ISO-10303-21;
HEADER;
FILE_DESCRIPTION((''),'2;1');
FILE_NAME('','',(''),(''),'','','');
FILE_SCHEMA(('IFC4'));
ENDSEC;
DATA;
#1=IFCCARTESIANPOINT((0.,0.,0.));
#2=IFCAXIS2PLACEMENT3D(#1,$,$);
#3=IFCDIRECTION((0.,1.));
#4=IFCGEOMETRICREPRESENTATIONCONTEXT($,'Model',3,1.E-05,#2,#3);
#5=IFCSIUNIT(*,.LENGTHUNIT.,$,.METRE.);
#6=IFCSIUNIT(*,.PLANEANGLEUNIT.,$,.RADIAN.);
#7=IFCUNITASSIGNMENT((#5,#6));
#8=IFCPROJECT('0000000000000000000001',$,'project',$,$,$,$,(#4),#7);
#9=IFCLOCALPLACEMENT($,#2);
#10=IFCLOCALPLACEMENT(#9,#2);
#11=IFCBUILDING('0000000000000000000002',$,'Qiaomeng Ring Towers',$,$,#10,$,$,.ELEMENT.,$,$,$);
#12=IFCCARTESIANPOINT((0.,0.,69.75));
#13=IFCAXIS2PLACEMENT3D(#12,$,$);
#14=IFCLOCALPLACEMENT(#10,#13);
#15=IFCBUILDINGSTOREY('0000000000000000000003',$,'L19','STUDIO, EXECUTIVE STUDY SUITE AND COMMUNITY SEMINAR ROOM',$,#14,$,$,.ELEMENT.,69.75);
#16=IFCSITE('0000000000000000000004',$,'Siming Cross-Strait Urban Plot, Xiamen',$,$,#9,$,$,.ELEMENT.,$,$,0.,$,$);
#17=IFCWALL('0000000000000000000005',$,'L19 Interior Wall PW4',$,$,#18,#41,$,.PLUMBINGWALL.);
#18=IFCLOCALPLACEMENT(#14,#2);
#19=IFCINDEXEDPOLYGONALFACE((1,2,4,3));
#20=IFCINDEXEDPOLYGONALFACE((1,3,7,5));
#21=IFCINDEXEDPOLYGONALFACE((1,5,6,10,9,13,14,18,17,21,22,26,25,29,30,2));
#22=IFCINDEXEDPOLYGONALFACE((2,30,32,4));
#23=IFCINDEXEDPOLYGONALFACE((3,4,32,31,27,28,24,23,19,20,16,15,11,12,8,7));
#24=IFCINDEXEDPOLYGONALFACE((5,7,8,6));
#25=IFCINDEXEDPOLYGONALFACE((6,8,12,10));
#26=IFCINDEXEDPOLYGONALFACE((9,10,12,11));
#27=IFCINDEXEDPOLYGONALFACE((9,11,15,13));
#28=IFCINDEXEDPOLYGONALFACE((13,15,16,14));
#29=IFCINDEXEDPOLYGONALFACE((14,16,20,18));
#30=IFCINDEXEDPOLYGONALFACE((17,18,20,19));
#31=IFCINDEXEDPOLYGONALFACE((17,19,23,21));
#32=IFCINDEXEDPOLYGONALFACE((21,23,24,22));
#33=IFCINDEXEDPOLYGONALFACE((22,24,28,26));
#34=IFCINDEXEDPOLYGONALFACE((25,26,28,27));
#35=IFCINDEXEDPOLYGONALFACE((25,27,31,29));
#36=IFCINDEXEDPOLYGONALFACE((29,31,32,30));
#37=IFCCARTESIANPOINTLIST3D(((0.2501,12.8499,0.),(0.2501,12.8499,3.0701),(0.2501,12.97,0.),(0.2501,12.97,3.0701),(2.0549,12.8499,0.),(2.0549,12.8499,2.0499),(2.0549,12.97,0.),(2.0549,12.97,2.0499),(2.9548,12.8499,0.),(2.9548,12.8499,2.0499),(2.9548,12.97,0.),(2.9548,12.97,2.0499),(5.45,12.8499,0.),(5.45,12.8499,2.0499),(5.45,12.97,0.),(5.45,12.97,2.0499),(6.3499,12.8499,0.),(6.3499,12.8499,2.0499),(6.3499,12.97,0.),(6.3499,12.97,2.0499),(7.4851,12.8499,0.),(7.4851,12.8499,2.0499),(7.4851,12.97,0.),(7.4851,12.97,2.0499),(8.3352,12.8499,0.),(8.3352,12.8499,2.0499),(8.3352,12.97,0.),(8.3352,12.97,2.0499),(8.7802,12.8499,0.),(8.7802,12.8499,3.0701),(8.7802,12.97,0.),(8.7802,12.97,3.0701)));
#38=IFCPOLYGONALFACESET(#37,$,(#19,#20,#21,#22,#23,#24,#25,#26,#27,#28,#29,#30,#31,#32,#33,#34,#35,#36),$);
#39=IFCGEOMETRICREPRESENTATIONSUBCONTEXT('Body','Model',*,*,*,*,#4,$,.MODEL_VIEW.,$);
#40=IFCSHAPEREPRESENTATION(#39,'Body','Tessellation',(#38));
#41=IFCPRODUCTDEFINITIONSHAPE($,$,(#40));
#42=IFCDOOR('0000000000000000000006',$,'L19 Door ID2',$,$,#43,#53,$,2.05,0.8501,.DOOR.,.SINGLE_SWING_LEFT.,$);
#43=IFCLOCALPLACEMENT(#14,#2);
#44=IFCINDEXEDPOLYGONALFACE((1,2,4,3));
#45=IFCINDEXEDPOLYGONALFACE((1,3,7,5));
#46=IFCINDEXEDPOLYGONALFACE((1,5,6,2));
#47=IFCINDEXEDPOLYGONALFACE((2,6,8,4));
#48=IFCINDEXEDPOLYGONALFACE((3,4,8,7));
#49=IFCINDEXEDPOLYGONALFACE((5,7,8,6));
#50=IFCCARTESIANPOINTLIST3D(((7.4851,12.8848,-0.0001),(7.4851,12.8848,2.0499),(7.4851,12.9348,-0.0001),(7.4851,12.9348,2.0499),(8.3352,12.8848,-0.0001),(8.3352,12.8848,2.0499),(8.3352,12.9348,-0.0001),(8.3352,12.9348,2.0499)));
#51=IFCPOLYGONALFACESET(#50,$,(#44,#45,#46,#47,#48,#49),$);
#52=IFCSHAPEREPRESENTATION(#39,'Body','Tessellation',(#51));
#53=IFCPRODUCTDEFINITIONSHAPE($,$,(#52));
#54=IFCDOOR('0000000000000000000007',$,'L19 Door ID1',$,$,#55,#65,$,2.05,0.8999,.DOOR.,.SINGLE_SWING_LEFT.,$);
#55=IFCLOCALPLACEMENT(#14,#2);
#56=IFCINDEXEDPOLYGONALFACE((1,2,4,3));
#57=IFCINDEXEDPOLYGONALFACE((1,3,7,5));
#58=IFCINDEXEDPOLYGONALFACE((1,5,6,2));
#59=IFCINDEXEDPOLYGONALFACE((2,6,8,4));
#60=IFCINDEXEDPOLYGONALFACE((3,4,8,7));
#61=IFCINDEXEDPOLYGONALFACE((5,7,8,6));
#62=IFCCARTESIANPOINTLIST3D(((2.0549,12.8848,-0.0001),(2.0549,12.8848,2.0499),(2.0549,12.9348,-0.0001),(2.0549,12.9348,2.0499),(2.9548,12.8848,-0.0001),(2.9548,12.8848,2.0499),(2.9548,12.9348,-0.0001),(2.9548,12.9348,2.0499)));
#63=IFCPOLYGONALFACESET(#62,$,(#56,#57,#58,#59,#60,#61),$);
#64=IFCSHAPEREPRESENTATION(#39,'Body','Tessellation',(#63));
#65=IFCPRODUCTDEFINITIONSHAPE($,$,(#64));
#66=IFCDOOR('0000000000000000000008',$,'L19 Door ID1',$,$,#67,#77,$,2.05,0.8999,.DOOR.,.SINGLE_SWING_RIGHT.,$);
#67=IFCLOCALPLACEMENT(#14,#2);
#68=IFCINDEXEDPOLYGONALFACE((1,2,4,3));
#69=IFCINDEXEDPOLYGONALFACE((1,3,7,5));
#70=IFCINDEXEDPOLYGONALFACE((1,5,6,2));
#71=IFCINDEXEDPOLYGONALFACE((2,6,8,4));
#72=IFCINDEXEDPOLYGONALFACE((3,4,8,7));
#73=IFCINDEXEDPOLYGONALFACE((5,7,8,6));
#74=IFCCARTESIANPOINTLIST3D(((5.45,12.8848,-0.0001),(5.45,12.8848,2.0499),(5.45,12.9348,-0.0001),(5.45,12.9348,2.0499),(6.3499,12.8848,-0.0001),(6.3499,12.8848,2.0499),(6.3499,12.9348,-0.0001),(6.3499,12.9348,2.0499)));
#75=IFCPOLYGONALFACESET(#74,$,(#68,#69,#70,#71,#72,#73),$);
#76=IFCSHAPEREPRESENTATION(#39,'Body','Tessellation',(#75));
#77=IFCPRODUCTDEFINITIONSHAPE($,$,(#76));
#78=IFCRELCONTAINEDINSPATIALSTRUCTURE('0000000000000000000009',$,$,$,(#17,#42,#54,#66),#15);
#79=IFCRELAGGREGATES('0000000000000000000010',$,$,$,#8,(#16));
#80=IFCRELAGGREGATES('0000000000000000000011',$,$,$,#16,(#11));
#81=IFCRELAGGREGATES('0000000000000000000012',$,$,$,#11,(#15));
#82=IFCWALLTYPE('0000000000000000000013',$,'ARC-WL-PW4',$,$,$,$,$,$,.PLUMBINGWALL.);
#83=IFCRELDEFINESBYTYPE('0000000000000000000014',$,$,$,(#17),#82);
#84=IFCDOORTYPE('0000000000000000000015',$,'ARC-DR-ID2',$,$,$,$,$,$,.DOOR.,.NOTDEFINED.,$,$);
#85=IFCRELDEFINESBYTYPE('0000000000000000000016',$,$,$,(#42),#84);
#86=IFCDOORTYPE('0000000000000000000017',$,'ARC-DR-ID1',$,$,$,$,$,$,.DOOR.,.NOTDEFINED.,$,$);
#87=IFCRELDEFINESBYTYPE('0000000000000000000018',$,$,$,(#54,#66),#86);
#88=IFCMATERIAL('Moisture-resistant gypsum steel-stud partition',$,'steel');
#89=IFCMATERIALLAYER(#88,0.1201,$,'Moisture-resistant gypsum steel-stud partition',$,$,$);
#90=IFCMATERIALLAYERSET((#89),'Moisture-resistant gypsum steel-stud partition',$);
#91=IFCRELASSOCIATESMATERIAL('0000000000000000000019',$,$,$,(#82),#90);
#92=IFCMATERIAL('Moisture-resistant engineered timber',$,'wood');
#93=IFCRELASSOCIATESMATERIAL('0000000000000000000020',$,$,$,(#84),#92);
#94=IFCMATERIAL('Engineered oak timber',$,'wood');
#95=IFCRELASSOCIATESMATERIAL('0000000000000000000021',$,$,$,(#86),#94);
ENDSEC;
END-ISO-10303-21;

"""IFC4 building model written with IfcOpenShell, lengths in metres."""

from ifc_helpers import new_model, si_unit, direction, frame, frame_2d, origin, place, context, subcontext, project, spatial, rectangle, extrude, source, transform, mapped, material, layer, layer_set, type_object, element, fill, save


model = new_model("IFC4")

# Units and contexts
model_context = context("Model", 3, precision=1e-05, world=origin(), true_north=direction((0.0, 1.0)))
body_context = subcontext(model_context, "Body", "Model", "MODEL_VIEW")
ifc_project = project(units=[si_unit("LENGTHUNIT", "METRE"), si_unit("PLANEANGLEUNIT", "RADIAN")], contexts=[model_context])

# Site, building, storey
site_placement = place(None, origin())
site = spatial("IfcSite", under=ifc_project, at=site_placement, Name="Siming Cross-Strait Urban Plot, Xiamen", CompositionType="ELEMENT", RefElevation=0.0)
building_placement = place(site_placement, origin())
building = spatial("IfcBuilding", under=site, at=building_placement, Name="Qiaomeng Ring Towers", CompositionType="ELEMENT")
storey_placement = place(building_placement, frame((0.0, 0.0, 69.75)))
storey = spatial("IfcBuildingStorey", under=building, at=storey_placement, Name="L19", Description="STUDIO, EXECUTIVE STUDY SUITE AND COMMUNITY SEMINAR ROOM", CompositionType="ELEMENT", Elevation=69.75)

# Wall, openings, doors
ifc_material_1 = material(Name="Moisture-resistant gypsum steel-stud partition", Category="steel")
ifc_layer_1 = layer(ifc_material_1, 0.1201, Name="Moisture-resistant gypsum steel-stud partition")
ifc_layer_set_1 = layer_set([ifc_layer_1], Name="Moisture-resistant gypsum steel-stud partition")
wall_type_1 = type_object("IfcWallType", Name="ARC-WL-PW4", PredefinedType="PLUMBINGWALL", material=ifc_layer_set_1)
wall_1_placement = place(storey_placement, frame((0.25, 12.9099, 0.0), z_axis=(0.0, 0.0, 1.0), x_axis=(1.0, 0.0, 0.0)))
wall_1 = element("IfcWall", 1, at=wall_1_placement, inside=storey, type_object=wall_type_1, Name="L19 Interior Wall PW4", PredefinedType="PLUMBINGWALL", context=body_context, shape_type="SweptSolid", body=[
    extrude(rectangle(XDim=8.53, YDim=0.1201, at=frame_2d((4.2651, 0.0))), origin(), (0.0, 0.0, 1.0), 3.0701),
])
opening_1_placement = place(wall_1_placement, frame((1.8049, 0.0, 0.0)))
opening_1 = element("IfcOpeningElement", 2, at=opening_1_placement, cuts=wall_1, PredefinedType="OPENING", context=body_context, shape_type="SweptSolid", body=[
    extrude(rectangle(XDim=0.8999, YDim=2.05, at=frame_2d((0.45, 1.0249))), frame((0.0, 0.0701, 0.0), z_axis=(0.0, -1.0, 0.0), x_axis=(1.0, 0.0, 0.0)), (0.0, 0.0, 1.0), 0.1401),
])
opening_2_placement = place(wall_1_placement, frame((5.2, 0.0, 0.0)))
opening_2 = element("IfcOpeningElement", 3, at=opening_2_placement, cuts=wall_1, PredefinedType="OPENING", context=body_context, shape_type="SweptSolid", body=[
    extrude(rectangle(XDim=0.8999, YDim=2.05, at=frame_2d((0.45, 1.0249))), frame((0.0, 0.0701, 0.0), z_axis=(0.0, -1.0, 0.0), x_axis=(1.0, 0.0, 0.0)), (0.0, 0.0, 1.0), 0.1401),
])
opening_3_placement = place(wall_1_placement, frame((7.2351, 0.0, 0.0)))
opening_3 = element("IfcOpeningElement", 4, at=opening_3_placement, cuts=wall_1, PredefinedType="OPENING", context=body_context, shape_type="SweptSolid", body=[
    extrude(rectangle(XDim=0.8501, YDim=2.05, at=frame_2d((0.425, 1.0249))), frame((0.0, 0.0701, 0.0), z_axis=(0.0, -1.0, 0.0), x_axis=(1.0, 0.0, 0.0)), (0.0, 0.0, 1.0), 0.1401),
])
ifc_material_2 = material(Name="Moisture-resistant engineered timber", Category="wood")
door_type_1 = type_object("IfcDoorType", Name="ARC-DR-ID2", OperationType="NOTDEFINED", PredefinedType="DOOR", material=ifc_material_2)
shared_shape_1 = source(origin(), body_context, "Body", "SweptSolid", [
    extrude(rectangle(XDim=0.8501, YDim=2.05, at=frame_2d((0.425, 1.0249))), frame((0.0, 0.0249, 0.0), z_axis=(0.0, -1.0, 0.0), x_axis=(1.0, 0.0, 0.0)), (0.0, 0.0, 1.0), 0.05),
])
door_1_placement = place(opening_3_placement, origin())
door_1 = element("IfcDoor", 5, at=door_1_placement, inside=storey, type_object=door_type_1, Name="L19 Door ID2", OperationType="SINGLE_SWING_LEFT", OverallHeight=2.05, OverallWidth=0.8501, PredefinedType="DOOR", context=body_context, shape_type="MappedRepresentation", body=[
    mapped(shared_shape_1, transform((0.0, 0.0, 0.0), x_axis=(1.0, 0.0, 0.0), y_axis=(0.0, 1.0, 0.0), z_axis=(0.0, 0.0, 1.0), scale=1.0)),
])
fill(opening_3, door_1)
ifc_material_3 = material(Name="Engineered oak timber", Category="wood")
door_type_2 = type_object("IfcDoorType", Name="ARC-DR-ID1", OperationType="NOTDEFINED", PredefinedType="DOOR", material=ifc_material_3)
shared_shape_2 = source(origin(), body_context, "Body", "SweptSolid", [
    extrude(rectangle(XDim=0.8999, YDim=2.05, at=frame_2d((0.45, 1.0249))), frame((0.0, 0.0249, 0.0), z_axis=(0.0, -1.0, 0.0), x_axis=(1.0, 0.0, 0.0)), (0.0, 0.0, 1.0), 0.05),
])
door_2_placement = place(opening_1_placement, origin())
door_2 = element("IfcDoor", 6, at=door_2_placement, inside=storey, type_object=door_type_2, Name="L19 Door ID1", OperationType="SINGLE_SWING_LEFT", OverallHeight=2.05, OverallWidth=0.8999, PredefinedType="DOOR", context=body_context, shape_type="MappedRepresentation", body=[
    mapped(shared_shape_2, transform((0.0, 0.0, 0.0), x_axis=(1.0, 0.0, 0.0), y_axis=(0.0, 1.0, 0.0), z_axis=(0.0, 0.0, 1.0), scale=1.0)),
])
fill(opening_1, door_2)
door_3_placement = place(opening_2_placement, origin())
door_3 = element("IfcDoor", 7, at=door_3_placement, inside=storey, type_object=door_type_2, Name="L19 Door ID1", OperationType="SINGLE_SWING_RIGHT", OverallHeight=2.05, OverallWidth=0.8999, PredefinedType="DOOR", context=body_context, shape_type="MappedRepresentation", body=[
    mapped(shared_shape_2, transform((0.0, 0.0, 0.0), x_axis=(1.0, 0.0, 0.0), y_axis=(0.0, 1.0, 0.0), z_axis=(0.0, 0.0, 1.0), scale=1.0)),
])
fill(opening_2, door_3)

save(model, "model.ifc")
